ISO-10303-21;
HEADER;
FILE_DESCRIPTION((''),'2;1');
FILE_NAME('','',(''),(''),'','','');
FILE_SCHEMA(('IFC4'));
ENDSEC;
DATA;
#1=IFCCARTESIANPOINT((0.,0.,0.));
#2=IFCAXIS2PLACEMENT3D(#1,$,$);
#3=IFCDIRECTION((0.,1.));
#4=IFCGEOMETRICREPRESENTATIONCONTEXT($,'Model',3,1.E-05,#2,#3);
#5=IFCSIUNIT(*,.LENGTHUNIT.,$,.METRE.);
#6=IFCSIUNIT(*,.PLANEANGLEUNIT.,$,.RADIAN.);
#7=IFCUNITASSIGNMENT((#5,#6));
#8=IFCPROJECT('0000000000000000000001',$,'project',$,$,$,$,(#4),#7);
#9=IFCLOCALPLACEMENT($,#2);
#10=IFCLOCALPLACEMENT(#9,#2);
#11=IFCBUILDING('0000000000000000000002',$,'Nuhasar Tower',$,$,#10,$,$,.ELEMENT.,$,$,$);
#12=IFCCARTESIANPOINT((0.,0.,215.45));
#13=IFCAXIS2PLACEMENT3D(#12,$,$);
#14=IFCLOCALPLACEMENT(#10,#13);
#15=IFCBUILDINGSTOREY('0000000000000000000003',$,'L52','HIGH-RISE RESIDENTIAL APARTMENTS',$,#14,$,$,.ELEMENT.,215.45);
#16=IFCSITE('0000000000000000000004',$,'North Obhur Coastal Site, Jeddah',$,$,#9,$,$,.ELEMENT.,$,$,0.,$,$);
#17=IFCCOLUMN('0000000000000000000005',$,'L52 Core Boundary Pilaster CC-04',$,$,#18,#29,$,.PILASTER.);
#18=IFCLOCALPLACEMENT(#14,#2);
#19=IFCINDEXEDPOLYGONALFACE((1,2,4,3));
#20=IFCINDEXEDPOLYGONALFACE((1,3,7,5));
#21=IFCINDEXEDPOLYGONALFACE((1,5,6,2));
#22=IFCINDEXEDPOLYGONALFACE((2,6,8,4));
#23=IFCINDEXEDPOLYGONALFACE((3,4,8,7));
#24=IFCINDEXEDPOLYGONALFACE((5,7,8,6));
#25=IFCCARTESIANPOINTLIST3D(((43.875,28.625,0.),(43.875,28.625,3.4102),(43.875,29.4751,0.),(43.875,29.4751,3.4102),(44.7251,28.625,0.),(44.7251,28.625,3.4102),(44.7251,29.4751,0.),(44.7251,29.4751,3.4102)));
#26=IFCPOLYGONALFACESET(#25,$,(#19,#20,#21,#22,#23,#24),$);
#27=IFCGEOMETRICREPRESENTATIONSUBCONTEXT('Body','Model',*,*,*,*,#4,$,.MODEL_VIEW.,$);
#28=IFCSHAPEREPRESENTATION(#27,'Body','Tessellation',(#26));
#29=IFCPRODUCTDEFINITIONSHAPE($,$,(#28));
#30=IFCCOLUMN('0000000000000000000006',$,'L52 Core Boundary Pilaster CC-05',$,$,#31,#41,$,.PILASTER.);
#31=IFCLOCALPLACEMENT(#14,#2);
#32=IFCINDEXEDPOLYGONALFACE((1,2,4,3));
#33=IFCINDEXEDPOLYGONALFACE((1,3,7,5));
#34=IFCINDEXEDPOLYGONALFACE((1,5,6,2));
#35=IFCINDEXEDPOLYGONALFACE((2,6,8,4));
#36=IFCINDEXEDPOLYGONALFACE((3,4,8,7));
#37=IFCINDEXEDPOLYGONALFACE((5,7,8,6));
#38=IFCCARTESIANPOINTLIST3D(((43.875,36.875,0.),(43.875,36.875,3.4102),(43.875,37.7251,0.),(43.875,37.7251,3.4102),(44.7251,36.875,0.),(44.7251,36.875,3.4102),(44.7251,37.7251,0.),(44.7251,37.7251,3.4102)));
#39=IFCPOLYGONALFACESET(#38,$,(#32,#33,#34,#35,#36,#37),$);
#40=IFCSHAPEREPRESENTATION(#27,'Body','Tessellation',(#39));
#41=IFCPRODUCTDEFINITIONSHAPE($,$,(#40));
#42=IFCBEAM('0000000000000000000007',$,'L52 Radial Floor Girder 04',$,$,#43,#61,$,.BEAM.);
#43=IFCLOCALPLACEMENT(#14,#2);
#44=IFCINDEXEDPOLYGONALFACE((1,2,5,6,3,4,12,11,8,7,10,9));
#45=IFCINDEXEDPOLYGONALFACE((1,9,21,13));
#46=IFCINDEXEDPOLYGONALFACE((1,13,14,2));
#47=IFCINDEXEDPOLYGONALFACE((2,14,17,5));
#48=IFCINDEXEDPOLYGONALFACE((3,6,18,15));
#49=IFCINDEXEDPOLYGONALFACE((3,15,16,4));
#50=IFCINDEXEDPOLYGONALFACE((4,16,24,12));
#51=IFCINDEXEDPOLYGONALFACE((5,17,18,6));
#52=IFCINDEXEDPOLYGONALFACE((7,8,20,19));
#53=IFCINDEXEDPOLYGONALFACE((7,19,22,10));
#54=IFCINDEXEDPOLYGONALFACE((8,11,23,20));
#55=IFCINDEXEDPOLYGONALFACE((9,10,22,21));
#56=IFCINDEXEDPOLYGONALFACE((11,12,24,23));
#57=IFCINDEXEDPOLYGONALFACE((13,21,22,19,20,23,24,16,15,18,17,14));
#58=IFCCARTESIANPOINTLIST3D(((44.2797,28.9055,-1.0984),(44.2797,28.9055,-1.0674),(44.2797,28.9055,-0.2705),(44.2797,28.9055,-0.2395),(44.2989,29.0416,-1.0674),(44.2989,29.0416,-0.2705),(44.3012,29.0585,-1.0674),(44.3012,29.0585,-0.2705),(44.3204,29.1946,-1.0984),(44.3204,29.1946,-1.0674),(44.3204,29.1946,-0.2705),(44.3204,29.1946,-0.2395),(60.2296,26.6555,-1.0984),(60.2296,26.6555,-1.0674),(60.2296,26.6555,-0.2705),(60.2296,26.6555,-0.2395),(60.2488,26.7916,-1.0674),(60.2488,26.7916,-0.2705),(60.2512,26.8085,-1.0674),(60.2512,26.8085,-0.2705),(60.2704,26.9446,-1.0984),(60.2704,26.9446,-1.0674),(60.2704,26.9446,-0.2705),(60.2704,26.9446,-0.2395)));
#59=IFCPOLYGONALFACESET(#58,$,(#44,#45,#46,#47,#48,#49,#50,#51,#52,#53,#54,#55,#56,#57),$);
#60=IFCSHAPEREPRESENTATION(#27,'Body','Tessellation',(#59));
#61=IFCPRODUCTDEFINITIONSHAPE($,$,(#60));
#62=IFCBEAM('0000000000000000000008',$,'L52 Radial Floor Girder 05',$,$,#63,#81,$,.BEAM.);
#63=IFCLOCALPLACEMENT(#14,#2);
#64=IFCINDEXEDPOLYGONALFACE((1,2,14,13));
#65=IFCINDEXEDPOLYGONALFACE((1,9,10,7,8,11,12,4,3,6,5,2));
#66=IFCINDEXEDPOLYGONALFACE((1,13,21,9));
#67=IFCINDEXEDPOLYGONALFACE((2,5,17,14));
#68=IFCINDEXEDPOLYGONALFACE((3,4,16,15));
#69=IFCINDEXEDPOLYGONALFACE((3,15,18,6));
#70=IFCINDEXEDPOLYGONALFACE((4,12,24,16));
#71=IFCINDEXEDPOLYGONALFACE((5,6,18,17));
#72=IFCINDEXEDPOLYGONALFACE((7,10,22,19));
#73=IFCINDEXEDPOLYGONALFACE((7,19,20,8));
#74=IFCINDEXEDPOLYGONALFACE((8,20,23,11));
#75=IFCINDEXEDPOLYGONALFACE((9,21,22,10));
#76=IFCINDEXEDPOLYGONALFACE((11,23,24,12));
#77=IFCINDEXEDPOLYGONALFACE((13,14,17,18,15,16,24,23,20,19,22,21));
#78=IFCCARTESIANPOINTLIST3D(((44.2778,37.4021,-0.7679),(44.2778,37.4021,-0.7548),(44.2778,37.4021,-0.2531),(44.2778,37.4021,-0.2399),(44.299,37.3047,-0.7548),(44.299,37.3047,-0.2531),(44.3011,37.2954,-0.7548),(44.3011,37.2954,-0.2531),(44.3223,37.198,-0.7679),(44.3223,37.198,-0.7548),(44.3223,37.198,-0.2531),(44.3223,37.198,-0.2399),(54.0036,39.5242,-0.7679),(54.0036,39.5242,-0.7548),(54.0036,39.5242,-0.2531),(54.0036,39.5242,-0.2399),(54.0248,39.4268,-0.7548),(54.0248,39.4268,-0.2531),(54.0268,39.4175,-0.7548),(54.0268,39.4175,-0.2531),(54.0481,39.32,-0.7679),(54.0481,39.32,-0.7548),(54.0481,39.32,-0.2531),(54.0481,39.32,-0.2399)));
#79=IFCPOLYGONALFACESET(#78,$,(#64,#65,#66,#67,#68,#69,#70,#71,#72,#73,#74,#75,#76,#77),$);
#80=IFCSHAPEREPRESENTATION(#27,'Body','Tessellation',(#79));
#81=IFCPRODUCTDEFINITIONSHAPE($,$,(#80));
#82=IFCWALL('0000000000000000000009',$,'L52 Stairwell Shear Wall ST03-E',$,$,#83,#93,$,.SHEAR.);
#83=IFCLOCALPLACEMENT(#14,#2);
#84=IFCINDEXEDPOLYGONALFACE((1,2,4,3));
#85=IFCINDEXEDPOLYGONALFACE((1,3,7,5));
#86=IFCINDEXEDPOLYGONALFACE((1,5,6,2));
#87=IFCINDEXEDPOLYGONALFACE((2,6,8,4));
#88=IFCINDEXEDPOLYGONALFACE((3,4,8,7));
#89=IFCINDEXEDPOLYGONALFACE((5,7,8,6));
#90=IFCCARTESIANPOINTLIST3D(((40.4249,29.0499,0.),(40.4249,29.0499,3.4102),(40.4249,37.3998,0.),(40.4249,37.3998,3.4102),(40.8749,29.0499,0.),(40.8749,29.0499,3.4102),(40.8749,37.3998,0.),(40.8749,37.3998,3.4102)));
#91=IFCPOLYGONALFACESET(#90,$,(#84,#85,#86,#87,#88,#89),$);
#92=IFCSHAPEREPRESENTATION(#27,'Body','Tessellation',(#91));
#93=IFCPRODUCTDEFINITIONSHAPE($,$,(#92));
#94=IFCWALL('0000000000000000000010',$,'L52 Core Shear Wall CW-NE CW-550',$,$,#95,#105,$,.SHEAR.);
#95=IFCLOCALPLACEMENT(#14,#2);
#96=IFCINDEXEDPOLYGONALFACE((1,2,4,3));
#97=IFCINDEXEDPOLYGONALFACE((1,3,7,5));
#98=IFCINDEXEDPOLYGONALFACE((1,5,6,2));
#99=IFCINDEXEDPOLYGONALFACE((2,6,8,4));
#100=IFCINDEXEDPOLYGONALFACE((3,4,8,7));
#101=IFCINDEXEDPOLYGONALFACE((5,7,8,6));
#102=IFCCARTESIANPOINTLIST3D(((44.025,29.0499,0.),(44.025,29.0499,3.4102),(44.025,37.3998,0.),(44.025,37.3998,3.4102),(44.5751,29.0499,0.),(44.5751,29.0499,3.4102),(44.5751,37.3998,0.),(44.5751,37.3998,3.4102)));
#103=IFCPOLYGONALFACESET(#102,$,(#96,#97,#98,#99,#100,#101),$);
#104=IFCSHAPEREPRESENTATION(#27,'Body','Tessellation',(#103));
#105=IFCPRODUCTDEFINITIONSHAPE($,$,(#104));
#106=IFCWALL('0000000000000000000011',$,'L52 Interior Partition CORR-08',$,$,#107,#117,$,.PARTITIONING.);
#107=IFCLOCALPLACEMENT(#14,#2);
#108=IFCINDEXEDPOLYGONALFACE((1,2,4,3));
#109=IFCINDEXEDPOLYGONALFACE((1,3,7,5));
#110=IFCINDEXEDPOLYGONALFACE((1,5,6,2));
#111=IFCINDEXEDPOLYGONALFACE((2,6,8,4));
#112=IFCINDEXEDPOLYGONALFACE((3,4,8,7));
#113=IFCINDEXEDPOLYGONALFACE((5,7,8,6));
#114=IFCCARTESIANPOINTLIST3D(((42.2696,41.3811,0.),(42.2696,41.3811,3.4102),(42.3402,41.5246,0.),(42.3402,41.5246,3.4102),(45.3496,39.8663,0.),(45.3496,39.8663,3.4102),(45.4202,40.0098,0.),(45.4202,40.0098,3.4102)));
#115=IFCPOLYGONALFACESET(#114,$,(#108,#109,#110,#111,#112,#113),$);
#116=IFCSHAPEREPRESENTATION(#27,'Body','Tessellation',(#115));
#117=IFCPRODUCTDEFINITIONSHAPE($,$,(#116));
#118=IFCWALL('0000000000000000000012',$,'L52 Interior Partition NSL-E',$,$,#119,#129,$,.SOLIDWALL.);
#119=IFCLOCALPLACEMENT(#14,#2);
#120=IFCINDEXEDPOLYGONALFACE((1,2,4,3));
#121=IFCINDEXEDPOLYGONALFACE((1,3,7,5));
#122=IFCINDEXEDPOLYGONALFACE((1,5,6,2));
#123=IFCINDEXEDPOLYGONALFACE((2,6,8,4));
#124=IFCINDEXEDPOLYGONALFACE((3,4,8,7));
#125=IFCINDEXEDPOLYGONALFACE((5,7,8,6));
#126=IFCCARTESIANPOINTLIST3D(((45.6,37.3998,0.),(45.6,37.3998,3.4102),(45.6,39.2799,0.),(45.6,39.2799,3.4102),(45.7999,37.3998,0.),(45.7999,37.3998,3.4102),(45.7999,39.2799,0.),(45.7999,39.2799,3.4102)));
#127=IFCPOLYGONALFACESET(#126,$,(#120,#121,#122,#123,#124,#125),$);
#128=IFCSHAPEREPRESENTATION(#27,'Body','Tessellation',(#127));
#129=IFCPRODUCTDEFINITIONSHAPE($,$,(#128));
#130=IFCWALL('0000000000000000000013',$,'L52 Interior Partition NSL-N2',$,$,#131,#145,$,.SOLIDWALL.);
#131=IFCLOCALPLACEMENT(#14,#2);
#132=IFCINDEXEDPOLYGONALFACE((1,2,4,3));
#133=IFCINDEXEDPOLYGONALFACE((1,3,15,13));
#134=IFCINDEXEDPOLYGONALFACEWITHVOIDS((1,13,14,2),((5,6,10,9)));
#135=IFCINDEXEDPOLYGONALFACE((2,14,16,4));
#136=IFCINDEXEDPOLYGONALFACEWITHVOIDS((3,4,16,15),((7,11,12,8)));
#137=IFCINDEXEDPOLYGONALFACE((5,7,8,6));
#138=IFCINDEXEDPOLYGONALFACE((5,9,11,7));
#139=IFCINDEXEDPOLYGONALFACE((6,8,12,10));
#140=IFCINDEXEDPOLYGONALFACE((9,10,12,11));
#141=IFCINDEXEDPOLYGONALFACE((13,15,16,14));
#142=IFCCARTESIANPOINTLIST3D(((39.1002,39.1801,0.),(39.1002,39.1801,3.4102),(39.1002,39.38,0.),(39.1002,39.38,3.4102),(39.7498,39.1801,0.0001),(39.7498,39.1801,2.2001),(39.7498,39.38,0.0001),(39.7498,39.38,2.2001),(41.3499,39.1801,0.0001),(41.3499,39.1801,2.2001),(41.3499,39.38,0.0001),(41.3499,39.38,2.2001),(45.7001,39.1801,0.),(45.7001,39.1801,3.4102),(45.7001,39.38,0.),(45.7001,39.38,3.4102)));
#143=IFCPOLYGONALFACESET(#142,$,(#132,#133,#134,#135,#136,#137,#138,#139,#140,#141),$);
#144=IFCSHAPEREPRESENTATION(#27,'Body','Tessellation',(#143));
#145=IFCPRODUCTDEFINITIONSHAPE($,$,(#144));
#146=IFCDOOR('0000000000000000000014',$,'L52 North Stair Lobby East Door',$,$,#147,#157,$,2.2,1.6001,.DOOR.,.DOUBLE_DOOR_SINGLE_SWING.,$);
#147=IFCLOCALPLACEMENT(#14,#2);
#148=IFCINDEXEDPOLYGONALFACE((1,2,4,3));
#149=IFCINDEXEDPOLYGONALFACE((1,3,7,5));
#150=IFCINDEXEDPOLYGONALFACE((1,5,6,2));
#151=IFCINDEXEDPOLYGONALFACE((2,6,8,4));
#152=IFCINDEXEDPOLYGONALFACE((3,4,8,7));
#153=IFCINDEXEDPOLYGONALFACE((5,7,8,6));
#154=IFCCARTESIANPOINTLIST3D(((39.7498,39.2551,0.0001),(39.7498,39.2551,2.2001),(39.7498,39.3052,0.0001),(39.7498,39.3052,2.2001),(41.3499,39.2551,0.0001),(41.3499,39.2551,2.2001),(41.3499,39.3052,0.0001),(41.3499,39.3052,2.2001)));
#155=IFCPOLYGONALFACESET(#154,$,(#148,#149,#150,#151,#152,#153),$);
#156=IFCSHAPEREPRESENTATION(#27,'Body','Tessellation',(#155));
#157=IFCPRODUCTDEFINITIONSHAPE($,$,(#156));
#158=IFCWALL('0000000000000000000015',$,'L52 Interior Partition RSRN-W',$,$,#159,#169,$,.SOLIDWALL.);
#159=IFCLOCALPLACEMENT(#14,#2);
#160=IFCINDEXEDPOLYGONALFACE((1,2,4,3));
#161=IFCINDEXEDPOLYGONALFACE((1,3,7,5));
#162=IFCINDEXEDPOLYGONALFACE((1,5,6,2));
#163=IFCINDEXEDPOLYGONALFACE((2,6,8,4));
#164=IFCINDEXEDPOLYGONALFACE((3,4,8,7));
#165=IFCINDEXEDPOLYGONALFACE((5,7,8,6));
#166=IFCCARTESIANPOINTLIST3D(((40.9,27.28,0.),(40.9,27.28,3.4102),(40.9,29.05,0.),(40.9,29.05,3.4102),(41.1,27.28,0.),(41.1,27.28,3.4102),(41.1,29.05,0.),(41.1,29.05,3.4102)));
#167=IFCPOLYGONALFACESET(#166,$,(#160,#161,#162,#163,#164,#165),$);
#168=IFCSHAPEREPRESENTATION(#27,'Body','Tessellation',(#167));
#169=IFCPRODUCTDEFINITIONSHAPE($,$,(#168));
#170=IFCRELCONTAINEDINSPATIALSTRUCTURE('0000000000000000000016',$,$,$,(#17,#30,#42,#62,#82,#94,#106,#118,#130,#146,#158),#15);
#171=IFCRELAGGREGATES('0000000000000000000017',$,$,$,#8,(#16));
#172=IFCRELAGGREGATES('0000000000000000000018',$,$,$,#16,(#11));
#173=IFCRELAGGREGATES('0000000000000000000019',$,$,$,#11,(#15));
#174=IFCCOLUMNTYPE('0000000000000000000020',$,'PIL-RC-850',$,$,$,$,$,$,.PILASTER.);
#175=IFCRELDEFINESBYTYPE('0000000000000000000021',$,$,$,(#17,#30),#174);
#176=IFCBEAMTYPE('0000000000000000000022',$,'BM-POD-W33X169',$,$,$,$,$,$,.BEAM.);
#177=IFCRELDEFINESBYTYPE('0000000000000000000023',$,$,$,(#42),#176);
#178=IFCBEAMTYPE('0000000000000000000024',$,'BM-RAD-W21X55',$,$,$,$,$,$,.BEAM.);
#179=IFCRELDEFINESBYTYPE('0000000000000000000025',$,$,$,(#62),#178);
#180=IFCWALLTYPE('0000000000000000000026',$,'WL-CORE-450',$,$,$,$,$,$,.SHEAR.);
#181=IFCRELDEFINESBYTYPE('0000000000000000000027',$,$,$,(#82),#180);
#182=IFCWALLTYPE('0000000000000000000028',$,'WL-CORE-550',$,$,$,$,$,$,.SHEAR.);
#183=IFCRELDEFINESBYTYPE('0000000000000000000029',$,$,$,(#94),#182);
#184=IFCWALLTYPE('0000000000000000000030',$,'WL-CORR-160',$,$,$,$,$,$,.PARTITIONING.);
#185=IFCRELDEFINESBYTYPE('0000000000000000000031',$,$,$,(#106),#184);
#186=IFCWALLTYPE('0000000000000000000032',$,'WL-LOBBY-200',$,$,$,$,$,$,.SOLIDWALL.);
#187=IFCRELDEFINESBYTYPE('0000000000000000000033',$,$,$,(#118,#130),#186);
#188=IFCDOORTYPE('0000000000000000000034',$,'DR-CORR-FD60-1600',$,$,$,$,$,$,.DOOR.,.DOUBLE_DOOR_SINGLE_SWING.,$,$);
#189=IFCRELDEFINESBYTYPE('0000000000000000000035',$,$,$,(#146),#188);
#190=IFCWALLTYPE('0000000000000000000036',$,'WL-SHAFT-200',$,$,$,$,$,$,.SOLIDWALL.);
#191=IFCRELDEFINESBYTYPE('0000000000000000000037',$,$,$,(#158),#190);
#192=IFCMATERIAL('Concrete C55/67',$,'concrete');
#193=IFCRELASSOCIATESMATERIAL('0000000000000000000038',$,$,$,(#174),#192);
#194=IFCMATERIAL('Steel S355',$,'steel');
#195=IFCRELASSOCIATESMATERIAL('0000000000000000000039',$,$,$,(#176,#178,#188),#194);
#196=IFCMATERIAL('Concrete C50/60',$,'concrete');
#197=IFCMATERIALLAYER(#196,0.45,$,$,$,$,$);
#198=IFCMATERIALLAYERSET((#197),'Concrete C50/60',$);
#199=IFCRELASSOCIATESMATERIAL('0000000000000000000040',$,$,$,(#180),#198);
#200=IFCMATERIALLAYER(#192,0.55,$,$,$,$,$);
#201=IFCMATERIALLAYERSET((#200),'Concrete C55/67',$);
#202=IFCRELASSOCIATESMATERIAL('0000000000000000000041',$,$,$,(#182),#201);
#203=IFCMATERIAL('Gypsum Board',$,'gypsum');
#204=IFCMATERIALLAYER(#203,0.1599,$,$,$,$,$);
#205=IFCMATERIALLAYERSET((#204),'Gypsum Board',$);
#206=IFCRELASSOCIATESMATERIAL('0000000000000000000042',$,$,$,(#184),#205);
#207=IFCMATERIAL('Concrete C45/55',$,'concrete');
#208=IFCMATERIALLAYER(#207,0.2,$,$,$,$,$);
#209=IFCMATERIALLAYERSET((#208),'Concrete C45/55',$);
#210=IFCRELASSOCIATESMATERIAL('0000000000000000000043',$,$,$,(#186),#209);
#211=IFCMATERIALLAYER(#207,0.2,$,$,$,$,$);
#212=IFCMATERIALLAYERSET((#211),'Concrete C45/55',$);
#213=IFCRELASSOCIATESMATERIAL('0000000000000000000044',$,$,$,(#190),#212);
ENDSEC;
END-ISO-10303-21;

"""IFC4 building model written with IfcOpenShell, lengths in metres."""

from ifc_helpers import new_model, si_unit, direction, frame, frame_2d, origin, origin_2d, place, context, subcontext, project, spatial, rectangle, i_section, extrude, material, layer, layer_set, material_profile, profile_set, type_object, element, fill, save


model = new_model("IFC4")

# Units and contexts
model_context = context("Model", 3, precision=1e-05, world=origin(), true_north=direction((0.0, 1.0)))
body_context = subcontext(model_context, "Body", "Model", "MODEL_VIEW")
ifc_project = project(units=[si_unit("LENGTHUNIT", "METRE"), si_unit("PLANEANGLEUNIT", "RADIAN")], contexts=[model_context])

# Site, building, storey
site_placement = place(None, origin())
site = spatial("IfcSite", under=ifc_project, at=site_placement, Name="North Obhur Coastal Site, Jeddah", CompositionType="ELEMENT", RefElevation=0.0)
building_placement = place(site_placement, origin())
building = spatial("IfcBuilding", under=site, at=building_placement, Name="Nuhasar Tower", CompositionType="ELEMENT")
storey_placement = place(building_placement, frame((0.0, 0.0, 215.45)))
storey = spatial("IfcBuildingStorey", under=building, at=storey_placement, Name="L52", Description="HIGH-RISE RESIDENTIAL APARTMENTS", CompositionType="ELEMENT", Elevation=215.45)

# Columns
ifc_material_1 = material(Name="Concrete C55/67", Category="concrete")
ifc_material_profile_1 = material_profile(ifc_material_1, rectangle(XDim=0.8501, YDim=0.8501, at=origin_2d()), Name="RC850X850")
ifc_profile_set_1 = profile_set([ifc_material_profile_1], Name="Concrete C55/67")
column_type = type_object("IfcColumnType", Name="PIL-RC-850", PredefinedType="PILASTER", material=ifc_profile_set_1)
for number, where, z_axis, x_axis, name in (
    (1, (44.3, 29.05, 0.0), (0.0, 0.0, 1.0), (1.0, 0.0, 0.0), "L52 Core Boundary Pilaster CC-04"),
    (2, (44.3, 37.3, 0.0), (0.0, 0.0, 1.0), (1.0, 0.0, 0.0), "L52 Core Boundary Pilaster CC-05"),
):
    element("IfcColumn", number, at=place(storey_placement, frame(where, z_axis=z_axis, x_axis=x_axis)), inside=storey, type_object=column_type, Name=name, PredefinedType="PILASTER", context=body_context, shape_type="SweptSolid", body=[
        extrude(rectangle(XDim=0.8501, YDim=0.8501, at=origin_2d()), origin(), (0.0, 0.0, 1.0), 3.4102),
    ])

# Beams
ifc_material_2 = material(Name="Steel S355", Category="steel")
ifc_material_profile_2 = material_profile(ifc_material_2, i_section(OverallWidth=0.292, OverallDepth=0.8589, WebThickness=0.0171, FlangeThickness=0.031, at=origin_2d()), Name="W33X169")
ifc_profile_set_2 = profile_set([ifc_material_profile_2], Name="Steel S355")
beam_type_1 = type_object("IfcBeamType", Name="BM-POD-W33X169", PredefinedType="BEAM", material=ifc_profile_set_2)
beam_1_placement = place(storey_placement, frame((44.3, 29.05, -0.6689), z_axis=(0.990196, -0.139683, 0.0), x_axis=(0.139683, 0.990196, 0.0)))
element("IfcBeam", 3, at=beam_1_placement, inside=storey, type_object=beam_type_1, Name="L52 Radial Floor Girder 04", PredefinedType="BEAM", context=body_context, shape_type="SweptSolid", body=[
    extrude(i_section(OverallWidth=0.292, OverallDepth=0.8589, WebThickness=0.0171, FlangeThickness=0.031, at=origin_2d()), origin(), (0.0, 0.0, 1.0), 16.1079),
])
ifc_material_profile_3 = material_profile(ifc_material_2, i_section(OverallWidth=0.209, OverallDepth=0.5281, WebThickness=0.0095, FlangeThickness=0.0132, at=origin_2d()), Name="W21X55")
ifc_profile_set_3 = profile_set([ifc_material_profile_3], Name="Steel S355")
beam_type_2 = type_object("IfcBeamType", Name="BM-RAD-W21X55", PredefinedType="BEAM", material=ifc_profile_set_3)
beam_2_placement = place(storey_placement, frame((44.3, 37.3, -0.5039), z_axis=(0.977014, 0.213174, 0.0), x_axis=(-0.213174, 0.977014, 0.0)))
element("IfcBeam", 4, at=beam_2_placement, inside=storey, type_object=beam_type_2, Name="L52 Radial Floor Girder 05", PredefinedType="BEAM", context=body_context, shape_type="SweptSolid", body=[
    extrude(i_section(OverallWidth=0.209, OverallDepth=0.5281, WebThickness=0.0095, FlangeThickness=0.0132, at=origin_2d()), origin(), (0.0, 0.0, 1.0), 9.9546),
])

# Shared definitions
ifc_material_3 = material(Name="Concrete C50/60", Category="concrete")
ifc_layer_1 = layer(ifc_material_3, 0.45)
ifc_layer_set_1 = layer_set([ifc_layer_1], Name="Concrete C50/60")
wall_type_1 = type_object("IfcWallType", Name="WL-CORE-450", PredefinedType="SHEAR", material=ifc_layer_set_1)

# Wall
wall_1_placement = place(storey_placement, frame((40.6499, 29.05, 0.0), z_axis=(0.0, 0.0, 1.0), x_axis=(0.0, 1.0, 0.0)))
element("IfcWall", 5, at=wall_1_placement, inside=storey, type_object=wall_type_1, Name="L52 Stairwell Shear Wall ST03-E", PredefinedType="SHEAR", context=body_context, shape_type="SweptSolid", body=[
    extrude(rectangle(XDim=8.3499, YDim=0.45, at=frame_2d((4.1748, 0.0))), origin(), (0.0, 0.0, 1.0), 3.4102),
])

# Wall
ifc_layer_2 = layer(ifc_material_1, 0.55)
ifc_layer_set_2 = layer_set([ifc_layer_2], Name="Concrete C55/67")
wall_type_2 = type_object("IfcWallType", Name="WL-CORE-550", PredefinedType="SHEAR", material=ifc_layer_set_2)
wall_2_placement = place(storey_placement, frame((44.3, 29.05, 0.0), z_axis=(0.0, 0.0, 1.0), x_axis=(0.0, 1.0, 0.0)))
element("IfcWall", 6, at=wall_2_placement, inside=storey, type_object=wall_type_2, Name="L52 Core Shear Wall CW-NE CW-550", PredefinedType="SHEAR", context=body_context, shape_type="SweptSolid", body=[
    extrude(rectangle(XDim=8.3499, YDim=0.55, at=frame_2d((4.1748, 0.0))), origin(), (0.0, 0.0, 1.0), 3.4102),
])

# Shared definitions
ifc_material_4 = material(Name="Gypsum Board", Category="gypsum")
ifc_layer_3 = layer(ifc_material_4, 0.1599)
ifc_layer_set_3 = layer_set([ifc_layer_3], Name="Gypsum Board")
wall_type_3 = type_object("IfcWallType", Name="WL-CORR-160", PredefinedType="PARTITIONING", material=ifc_layer_set_3)

# Walls
wall_3_placement = place(storey_placement, frame((45.385, 39.938, 0.0), z_axis=(0.0, 0.0, 1.0), x_axis=(-0.897338, 0.441343, 0.0)))
element("IfcWall", 7, at=wall_3_placement, inside=storey, type_object=wall_type_3, Name="L52 Interior Partition CORR-08", PredefinedType="PARTITIONING", context=body_context, shape_type="SweptSolid", body=[
    extrude(rectangle(XDim=3.4324, YDim=0.1599, at=frame_2d((1.7163, 0.0))), origin(), (0.0, 0.0, 1.0), 3.4102),
])
ifc_material_5 = material(Name="Concrete C45/55", Category="concrete")
ifc_layer_4 = layer(ifc_material_5, 0.2)
ifc_layer_set_4 = layer_set([ifc_layer_4], Name="Concrete C45/55")
wall_type_4 = type_object("IfcWallType", Name="WL-LOBBY-200", PredefinedType="SOLIDWALL", material=ifc_layer_set_4)
wall_4_placement = place(storey_placement, frame((45.7, 37.3999, 0.0), z_axis=(0.0, 0.0, 1.0), x_axis=(0.0, 1.0, 0.0)))
element("IfcWall", 8, at=wall_4_placement, inside=storey, type_object=wall_type_4, Name="L52 Interior Partition NSL-E", PredefinedType="SOLIDWALL", context=body_context, shape_type="SweptSolid", body=[
    extrude(rectangle(XDim=1.8801, YDim=0.2, at=frame_2d((0.9399, 0.0))), origin(), (0.0, 0.0, 1.0), 3.4102),
])

# Wall, opening, door
wall_5_placement = place(storey_placement, frame((45.7, 39.28, 0.0), z_axis=(0.0, 0.0, 1.0), x_axis=(-1.0, 0.0, 0.0)))
wall_5 = element("IfcWall", 9, at=wall_5_placement, inside=storey, type_object=wall_type_4, Name="L52 Interior Partition NSL-N2", PredefinedType="SOLIDWALL", context=body_context, shape_type="SweptSolid", body=[
    extrude(rectangle(XDim=6.5999, YDim=0.2, at=frame_2d((3.2998, 0.0))), origin(), (0.0, 0.0, 1.0), 3.4102),
])
opening_1_placement = place(wall_5_placement, frame((4.3501, 0.0, 0.0)))
opening_1 = element("IfcOpeningElement", 10, at=opening_1_placement, cuts=wall_5, PredefinedType="OPENING", context=body_context, shape_type="SweptSolid", body=[
    extrude(rectangle(XDim=1.6001, YDim=2.2, at=frame_2d((0.8, 1.1001))), frame((0.0, 0.1099, 0.0), z_axis=(0.0, -1.0, 0.0), x_axis=(1.0, 0.0, 0.0)), (0.0, 0.0, 1.0), 0.22),
])
door_type_1 = type_object("IfcDoorType", Name="DR-CORR-FD60-1600", OperationType="DOUBLE_DOOR_SINGLE_SWING", PredefinedType="DOOR", material=ifc_material_2)
door_1_placement = place(opening_1_placement, origin())
door_1 = element("IfcDoor", 11, at=door_1_placement, inside=storey, type_object=door_type_1, Name="L52 North Stair Lobby East Door", OperationType="DOUBLE_DOOR_SINGLE_SWING", OverallHeight=2.2, OverallWidth=1.6001, PredefinedType="DOOR", context=body_context, shape_type="SweptSolid", body=[
    extrude(rectangle(XDim=1.6001, YDim=2.2, at=frame_2d((0.8, 1.1001))), frame((0.0, 0.0249, 0.0), z_axis=(0.0, -1.0, 0.0), x_axis=(1.0, 0.0, 0.0)), (0.0, 0.0, 1.0), 0.05),
])
fill(opening_1, door_1)

# Wall
ifc_layer_5 = layer(ifc_material_5, 0.2)
ifc_layer_set_5 = layer_set([ifc_layer_5], Name="Concrete C45/55")
wall_type_5 = type_object("IfcWallType", Name="WL-SHAFT-200", PredefinedType="SOLIDWALL", material=ifc_layer_set_5)
for number, where, z_axis, x_axis, name in (
    (12, (41.0, 27.28, 0.0), (0.0, 0.0, 1.0), (0.0, 1.0, 0.0), "L52 Interior Partition RSRN-W"),
):
    element("IfcWall", number, at=place(storey_placement, frame(where, z_axis=z_axis, x_axis=x_axis)), inside=storey, type_object=wall_type_5, Name=name, PredefinedType="SOLIDWALL", context=body_context, shape_type="SweptSolid", body=[
        extrude(rectangle(XDim=1.77, YDim=0.2, at=frame_2d((0.885, 0.0))), origin(), (0.0, 0.0, 1.0), 3.4102),
    ])

save(model, "model.ifc")
